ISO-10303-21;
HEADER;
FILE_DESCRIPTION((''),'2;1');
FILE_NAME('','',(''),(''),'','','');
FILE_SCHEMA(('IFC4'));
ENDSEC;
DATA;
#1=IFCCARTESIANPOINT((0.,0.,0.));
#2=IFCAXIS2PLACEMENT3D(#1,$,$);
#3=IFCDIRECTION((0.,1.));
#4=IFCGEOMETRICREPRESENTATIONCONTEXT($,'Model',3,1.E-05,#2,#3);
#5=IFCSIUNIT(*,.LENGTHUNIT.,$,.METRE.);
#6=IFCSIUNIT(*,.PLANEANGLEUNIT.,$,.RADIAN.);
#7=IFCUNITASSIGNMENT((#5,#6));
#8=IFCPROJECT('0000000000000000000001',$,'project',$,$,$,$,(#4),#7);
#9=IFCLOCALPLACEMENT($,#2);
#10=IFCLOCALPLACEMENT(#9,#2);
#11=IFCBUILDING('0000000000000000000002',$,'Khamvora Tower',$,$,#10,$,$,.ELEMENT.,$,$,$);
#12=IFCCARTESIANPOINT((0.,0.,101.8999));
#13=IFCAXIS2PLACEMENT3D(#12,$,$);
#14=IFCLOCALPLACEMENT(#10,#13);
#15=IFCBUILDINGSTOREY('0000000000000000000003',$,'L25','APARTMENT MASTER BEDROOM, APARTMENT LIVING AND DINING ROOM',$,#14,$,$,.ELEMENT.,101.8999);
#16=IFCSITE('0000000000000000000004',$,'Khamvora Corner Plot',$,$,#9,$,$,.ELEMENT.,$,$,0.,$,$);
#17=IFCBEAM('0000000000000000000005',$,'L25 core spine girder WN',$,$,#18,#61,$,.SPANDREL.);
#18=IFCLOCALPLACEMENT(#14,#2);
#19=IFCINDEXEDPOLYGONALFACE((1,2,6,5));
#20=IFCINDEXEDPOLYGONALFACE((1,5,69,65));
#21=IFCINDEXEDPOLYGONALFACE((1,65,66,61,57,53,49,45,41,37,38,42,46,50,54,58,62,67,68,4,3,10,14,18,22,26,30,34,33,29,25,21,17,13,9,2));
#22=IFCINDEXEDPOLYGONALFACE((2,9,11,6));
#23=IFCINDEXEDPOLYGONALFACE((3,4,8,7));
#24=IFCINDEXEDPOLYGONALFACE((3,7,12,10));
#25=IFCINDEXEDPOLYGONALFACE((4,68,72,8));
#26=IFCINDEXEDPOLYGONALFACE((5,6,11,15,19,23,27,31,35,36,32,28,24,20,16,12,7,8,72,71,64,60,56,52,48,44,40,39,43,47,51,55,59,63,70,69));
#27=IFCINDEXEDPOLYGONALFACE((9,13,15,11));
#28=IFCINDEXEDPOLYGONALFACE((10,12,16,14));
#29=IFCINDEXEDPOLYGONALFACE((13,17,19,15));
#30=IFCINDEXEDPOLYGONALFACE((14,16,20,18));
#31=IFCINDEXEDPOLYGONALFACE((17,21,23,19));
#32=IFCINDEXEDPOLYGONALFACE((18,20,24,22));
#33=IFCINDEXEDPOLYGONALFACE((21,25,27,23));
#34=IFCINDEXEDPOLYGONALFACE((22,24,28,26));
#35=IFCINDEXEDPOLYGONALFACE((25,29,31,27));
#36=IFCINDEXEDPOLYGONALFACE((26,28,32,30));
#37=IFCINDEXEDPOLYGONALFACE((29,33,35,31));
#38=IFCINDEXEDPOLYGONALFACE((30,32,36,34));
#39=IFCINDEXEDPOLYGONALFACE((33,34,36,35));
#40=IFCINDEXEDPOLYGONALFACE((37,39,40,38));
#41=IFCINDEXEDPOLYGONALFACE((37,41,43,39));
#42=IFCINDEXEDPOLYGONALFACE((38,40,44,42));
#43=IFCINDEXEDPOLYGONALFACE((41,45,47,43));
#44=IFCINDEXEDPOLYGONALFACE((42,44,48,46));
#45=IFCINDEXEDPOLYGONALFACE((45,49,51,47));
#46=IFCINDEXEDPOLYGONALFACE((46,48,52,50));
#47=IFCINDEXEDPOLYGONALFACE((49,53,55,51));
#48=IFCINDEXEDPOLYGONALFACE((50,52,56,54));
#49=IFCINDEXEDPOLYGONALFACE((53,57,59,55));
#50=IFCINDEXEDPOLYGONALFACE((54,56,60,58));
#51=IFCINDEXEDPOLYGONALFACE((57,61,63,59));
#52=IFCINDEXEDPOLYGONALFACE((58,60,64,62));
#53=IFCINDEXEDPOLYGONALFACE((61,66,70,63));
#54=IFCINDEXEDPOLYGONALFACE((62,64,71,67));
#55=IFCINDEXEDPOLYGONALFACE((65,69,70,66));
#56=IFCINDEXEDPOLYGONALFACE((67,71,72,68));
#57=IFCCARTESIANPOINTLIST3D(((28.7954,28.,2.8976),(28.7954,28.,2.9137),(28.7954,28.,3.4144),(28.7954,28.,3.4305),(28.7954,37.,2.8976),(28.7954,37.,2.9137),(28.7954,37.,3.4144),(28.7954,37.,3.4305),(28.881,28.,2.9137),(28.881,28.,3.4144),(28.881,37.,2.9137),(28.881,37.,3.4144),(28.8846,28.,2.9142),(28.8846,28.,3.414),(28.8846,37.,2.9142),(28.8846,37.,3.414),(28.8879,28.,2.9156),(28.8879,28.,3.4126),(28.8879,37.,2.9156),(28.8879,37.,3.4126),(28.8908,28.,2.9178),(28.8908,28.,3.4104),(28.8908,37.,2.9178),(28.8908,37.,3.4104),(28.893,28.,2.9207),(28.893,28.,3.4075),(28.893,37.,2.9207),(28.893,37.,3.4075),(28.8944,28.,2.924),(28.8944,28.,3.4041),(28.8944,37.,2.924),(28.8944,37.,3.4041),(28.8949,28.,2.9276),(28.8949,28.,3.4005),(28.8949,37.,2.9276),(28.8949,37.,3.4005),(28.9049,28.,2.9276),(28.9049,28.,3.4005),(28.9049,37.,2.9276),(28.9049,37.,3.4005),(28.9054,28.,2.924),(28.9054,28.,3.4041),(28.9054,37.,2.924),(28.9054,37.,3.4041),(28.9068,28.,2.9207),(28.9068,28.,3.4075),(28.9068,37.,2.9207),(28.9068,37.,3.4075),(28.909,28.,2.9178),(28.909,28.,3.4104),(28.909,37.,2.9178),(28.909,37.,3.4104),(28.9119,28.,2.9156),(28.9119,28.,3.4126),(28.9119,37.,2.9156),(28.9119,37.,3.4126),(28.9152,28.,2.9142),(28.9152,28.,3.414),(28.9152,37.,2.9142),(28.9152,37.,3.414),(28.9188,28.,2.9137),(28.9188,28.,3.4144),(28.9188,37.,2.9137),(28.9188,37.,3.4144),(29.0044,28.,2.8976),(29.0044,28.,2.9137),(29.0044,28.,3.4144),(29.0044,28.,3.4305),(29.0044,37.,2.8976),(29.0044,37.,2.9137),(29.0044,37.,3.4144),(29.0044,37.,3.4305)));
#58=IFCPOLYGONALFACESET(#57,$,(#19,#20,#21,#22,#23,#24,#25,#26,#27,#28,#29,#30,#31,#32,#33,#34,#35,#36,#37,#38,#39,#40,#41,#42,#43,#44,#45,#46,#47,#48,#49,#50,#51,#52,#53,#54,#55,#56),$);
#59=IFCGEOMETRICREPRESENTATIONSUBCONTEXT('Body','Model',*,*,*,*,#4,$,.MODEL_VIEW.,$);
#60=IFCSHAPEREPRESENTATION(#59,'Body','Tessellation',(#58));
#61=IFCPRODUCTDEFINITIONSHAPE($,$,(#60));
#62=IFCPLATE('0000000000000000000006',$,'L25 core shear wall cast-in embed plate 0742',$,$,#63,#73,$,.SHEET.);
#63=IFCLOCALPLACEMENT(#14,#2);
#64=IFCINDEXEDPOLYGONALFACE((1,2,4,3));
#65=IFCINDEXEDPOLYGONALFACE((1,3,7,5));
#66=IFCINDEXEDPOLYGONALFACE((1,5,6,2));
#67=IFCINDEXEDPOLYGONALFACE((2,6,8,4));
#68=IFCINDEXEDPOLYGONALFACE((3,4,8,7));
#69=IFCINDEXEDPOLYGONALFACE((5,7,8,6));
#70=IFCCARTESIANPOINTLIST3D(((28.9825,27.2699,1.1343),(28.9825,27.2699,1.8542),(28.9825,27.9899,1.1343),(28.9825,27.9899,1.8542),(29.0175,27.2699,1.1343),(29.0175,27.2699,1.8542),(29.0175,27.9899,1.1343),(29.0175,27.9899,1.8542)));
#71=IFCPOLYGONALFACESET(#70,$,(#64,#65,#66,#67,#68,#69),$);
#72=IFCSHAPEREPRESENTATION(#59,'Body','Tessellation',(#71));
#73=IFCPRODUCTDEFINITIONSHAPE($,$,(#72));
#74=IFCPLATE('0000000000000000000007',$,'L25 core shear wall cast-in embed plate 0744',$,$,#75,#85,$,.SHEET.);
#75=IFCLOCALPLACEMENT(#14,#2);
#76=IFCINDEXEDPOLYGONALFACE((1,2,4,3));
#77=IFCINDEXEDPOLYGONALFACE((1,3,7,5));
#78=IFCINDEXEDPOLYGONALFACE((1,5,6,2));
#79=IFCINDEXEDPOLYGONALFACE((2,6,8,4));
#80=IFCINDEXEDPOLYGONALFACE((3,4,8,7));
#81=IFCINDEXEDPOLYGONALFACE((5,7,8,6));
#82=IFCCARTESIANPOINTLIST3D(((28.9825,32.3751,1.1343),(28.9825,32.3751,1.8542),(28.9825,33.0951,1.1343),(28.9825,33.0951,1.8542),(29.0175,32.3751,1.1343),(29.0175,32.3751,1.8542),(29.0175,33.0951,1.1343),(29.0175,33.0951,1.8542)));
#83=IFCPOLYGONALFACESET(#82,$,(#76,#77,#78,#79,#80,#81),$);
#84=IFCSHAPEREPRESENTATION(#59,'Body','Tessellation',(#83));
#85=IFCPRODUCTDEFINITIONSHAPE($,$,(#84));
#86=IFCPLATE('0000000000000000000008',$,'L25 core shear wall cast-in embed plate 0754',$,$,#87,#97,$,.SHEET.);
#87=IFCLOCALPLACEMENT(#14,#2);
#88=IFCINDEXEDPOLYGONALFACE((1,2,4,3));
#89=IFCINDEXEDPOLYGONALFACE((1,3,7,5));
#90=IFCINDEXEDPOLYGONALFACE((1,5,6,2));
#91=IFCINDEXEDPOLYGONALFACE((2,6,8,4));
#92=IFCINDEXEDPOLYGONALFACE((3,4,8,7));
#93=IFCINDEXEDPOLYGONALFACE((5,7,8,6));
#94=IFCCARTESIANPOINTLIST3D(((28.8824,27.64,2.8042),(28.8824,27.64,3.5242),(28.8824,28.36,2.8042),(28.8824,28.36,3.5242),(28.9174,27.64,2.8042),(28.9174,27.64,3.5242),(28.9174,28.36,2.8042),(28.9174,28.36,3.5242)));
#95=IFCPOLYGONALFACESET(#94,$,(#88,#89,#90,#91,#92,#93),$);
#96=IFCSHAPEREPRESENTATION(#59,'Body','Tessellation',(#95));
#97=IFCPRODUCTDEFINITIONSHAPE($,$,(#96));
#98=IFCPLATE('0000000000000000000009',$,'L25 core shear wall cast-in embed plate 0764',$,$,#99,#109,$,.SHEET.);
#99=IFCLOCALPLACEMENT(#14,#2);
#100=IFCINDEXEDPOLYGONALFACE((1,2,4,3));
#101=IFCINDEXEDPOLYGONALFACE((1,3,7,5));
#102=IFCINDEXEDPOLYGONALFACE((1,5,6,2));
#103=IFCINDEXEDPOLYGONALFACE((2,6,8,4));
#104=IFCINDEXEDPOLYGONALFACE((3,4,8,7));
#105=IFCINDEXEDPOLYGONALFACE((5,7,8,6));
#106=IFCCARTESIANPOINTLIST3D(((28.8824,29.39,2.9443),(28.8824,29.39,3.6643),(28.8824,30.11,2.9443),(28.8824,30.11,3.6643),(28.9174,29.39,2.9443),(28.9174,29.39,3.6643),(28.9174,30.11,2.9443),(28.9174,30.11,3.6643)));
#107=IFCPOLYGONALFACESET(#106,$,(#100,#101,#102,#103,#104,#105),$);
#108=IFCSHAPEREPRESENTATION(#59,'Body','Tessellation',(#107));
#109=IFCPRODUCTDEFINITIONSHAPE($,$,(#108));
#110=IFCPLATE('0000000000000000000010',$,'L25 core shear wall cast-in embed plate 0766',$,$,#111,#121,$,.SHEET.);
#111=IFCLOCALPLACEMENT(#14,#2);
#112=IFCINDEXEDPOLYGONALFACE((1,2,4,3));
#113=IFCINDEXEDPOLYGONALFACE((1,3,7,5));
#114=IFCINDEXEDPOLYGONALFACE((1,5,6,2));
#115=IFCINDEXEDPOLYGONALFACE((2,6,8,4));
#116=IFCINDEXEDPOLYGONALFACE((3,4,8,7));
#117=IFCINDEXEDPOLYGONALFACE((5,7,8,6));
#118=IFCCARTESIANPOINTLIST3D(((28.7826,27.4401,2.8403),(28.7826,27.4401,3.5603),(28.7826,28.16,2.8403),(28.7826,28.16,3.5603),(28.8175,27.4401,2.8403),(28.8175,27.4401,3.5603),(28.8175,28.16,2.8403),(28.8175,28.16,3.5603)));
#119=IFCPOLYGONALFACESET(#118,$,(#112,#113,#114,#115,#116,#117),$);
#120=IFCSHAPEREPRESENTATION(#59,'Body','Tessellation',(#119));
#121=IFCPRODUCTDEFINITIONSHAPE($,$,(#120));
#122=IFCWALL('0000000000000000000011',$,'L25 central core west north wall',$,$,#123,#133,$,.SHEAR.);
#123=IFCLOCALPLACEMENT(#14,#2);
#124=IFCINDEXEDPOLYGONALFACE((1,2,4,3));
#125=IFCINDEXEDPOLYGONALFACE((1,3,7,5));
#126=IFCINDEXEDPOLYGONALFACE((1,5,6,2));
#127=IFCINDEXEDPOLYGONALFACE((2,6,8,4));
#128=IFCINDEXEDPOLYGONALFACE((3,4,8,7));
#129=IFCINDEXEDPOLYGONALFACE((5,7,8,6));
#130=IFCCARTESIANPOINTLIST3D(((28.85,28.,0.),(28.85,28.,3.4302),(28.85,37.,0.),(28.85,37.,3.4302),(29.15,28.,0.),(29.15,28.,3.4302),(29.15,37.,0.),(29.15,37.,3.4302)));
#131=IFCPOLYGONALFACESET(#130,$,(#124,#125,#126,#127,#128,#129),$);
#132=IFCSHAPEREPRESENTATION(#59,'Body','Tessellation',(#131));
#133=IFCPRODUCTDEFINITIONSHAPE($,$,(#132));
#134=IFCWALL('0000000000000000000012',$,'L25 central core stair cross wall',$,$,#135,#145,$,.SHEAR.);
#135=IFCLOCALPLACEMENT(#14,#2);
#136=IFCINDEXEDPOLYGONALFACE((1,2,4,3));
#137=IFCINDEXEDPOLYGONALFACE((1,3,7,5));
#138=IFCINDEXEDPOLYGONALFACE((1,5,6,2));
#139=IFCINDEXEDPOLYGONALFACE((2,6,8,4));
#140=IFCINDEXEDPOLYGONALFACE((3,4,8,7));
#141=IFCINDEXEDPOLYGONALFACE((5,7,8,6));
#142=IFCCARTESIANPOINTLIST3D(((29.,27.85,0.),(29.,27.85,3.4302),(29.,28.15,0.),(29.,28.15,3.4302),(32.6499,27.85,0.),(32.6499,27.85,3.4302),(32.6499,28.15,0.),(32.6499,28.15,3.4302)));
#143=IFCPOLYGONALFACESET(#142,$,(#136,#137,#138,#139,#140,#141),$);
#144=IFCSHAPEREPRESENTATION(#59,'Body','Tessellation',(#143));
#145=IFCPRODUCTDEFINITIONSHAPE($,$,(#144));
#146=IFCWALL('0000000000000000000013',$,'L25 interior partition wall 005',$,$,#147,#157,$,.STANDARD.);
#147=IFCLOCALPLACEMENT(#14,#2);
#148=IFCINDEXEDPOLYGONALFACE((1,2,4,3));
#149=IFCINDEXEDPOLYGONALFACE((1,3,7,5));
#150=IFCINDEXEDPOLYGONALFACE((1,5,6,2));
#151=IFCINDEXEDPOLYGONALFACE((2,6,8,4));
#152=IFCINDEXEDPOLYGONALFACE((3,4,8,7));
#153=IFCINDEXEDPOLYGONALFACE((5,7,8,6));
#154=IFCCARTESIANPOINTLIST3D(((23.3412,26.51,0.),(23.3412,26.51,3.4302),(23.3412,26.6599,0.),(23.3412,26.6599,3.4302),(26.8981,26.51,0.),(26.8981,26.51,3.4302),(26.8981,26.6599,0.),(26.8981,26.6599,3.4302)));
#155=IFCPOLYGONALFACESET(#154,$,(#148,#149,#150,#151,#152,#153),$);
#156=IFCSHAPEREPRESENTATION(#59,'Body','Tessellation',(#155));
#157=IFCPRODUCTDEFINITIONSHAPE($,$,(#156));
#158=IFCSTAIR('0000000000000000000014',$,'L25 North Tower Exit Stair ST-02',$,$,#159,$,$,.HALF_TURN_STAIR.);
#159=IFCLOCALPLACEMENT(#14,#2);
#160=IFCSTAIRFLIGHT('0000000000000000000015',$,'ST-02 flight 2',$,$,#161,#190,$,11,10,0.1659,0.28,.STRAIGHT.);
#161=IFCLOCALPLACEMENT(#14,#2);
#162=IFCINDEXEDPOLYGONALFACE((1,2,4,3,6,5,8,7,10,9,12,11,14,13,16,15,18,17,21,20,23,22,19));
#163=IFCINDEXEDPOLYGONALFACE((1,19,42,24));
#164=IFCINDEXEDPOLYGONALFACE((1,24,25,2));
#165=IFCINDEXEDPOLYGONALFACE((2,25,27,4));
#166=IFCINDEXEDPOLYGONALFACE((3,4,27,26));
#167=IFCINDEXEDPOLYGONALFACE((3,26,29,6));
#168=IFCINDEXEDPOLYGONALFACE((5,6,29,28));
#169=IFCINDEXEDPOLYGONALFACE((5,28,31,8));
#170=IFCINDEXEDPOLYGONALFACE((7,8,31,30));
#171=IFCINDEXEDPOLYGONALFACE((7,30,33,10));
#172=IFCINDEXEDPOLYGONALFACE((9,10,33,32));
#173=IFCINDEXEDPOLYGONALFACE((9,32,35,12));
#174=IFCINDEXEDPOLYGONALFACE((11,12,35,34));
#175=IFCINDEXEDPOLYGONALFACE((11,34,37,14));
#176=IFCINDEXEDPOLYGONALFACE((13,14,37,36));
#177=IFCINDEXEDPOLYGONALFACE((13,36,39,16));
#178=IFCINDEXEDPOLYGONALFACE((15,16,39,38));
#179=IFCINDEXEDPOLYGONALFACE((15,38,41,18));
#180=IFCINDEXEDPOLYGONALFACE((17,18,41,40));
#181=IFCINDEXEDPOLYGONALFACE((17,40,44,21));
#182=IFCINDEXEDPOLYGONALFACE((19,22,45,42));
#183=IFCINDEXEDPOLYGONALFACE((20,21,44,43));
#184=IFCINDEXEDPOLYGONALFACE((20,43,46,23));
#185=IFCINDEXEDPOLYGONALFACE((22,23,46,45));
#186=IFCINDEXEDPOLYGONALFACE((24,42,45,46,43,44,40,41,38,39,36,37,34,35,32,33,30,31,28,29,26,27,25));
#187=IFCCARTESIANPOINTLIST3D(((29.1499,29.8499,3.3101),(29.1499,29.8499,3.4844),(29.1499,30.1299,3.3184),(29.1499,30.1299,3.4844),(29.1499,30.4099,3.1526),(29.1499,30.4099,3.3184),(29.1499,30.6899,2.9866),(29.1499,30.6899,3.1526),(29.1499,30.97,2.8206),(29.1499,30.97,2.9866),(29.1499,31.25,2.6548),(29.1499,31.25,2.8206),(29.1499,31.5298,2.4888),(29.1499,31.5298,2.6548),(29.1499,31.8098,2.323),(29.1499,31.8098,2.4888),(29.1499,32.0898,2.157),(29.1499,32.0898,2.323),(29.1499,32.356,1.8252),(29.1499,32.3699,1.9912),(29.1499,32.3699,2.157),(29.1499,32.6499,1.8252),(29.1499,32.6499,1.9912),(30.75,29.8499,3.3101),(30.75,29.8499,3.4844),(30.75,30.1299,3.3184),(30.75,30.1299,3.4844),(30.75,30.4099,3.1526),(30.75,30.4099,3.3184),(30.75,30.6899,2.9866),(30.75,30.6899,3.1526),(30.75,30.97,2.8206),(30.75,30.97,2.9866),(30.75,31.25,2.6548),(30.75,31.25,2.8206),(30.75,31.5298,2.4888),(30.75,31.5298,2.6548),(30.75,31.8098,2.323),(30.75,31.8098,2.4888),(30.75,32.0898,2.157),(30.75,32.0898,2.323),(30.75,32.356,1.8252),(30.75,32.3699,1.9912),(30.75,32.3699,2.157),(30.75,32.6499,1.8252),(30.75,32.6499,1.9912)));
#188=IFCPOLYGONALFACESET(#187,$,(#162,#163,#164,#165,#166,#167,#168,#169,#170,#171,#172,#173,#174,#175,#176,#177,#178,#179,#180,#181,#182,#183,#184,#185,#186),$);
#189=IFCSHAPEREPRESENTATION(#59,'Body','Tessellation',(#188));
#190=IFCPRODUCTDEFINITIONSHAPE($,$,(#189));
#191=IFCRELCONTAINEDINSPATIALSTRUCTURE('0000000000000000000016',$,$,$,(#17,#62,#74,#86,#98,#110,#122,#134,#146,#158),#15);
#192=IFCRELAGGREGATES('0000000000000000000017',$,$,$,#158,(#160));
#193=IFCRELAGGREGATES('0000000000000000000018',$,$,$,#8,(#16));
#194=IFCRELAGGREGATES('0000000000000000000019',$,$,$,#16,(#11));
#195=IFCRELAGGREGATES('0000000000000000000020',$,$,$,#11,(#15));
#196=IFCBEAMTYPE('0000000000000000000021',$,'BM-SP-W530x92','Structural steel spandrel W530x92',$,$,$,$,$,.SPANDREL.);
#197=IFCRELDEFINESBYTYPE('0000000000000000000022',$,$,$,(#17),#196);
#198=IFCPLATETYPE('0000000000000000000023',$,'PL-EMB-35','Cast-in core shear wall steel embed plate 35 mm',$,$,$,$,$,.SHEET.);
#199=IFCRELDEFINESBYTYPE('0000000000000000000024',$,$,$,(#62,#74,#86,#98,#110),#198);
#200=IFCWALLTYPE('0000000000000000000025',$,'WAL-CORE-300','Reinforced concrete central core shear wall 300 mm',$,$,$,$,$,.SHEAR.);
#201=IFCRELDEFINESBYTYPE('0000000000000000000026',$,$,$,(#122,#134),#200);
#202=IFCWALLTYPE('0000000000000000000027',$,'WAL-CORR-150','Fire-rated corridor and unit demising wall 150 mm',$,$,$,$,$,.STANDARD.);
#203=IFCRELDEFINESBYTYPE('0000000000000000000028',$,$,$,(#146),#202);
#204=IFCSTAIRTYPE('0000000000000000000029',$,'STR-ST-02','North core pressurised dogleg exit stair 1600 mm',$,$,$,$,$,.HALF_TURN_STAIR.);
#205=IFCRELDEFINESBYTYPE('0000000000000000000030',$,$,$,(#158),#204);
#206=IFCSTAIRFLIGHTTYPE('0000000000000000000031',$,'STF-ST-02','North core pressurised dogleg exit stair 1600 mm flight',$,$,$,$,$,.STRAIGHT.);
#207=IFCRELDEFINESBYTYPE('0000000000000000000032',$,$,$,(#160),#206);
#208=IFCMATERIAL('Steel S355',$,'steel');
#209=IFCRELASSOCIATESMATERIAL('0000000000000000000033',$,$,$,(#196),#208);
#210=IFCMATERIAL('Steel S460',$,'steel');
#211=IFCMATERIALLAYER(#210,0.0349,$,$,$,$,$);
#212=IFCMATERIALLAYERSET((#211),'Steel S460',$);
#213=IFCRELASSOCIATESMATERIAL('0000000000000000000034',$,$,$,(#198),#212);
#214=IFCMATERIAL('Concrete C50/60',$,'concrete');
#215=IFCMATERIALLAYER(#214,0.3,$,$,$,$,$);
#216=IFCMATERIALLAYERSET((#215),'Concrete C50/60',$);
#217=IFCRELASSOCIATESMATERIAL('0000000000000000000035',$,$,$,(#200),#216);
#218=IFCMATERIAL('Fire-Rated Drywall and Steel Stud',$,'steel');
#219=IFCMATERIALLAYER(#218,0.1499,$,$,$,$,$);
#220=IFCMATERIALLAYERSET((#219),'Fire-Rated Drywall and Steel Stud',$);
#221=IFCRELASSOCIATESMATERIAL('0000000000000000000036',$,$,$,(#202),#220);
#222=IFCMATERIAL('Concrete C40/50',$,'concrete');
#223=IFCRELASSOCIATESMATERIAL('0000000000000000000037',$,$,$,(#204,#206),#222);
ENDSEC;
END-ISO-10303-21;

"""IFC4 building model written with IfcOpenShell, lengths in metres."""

from ifc_helpers import new_model, si_unit, direction, frame, frame_2d, origin, origin_2d, place, context, subcontext, project, spatial, polyline, rectangle, i_section, outline, extrude, material, layer, layer_set, material_profile, profile_set, type_object, element, aggregate, save


model = new_model("IFC4")

# Units and contexts
model_context = context("Model", 3, precision=1e-05, world=origin(), true_north=direction((0.0, 1.0)))
body_context = subcontext(model_context, "Body", "Model", "MODEL_VIEW")
ifc_project = project(units=[si_unit("LENGTHUNIT", "METRE"), si_unit("PLANEANGLEUNIT", "RADIAN")], contexts=[model_context])

# Site, building, storey
site_placement = place(None, origin())
site = spatial("IfcSite", under=ifc_project, at=site_placement, Name="Khamvora Corner Plot", CompositionType="ELEMENT", RefElevation=0.0)
building_placement = place(site_placement, origin())
building = spatial("IfcBuilding", under=site, at=building_placement, Name="Khamvora Tower", CompositionType="ELEMENT")
storey_placement = place(building_placement, frame((0.0, 0.0, 101.8999)))
storey = spatial("IfcBuildingStorey", under=building, at=storey_placement, Name="L25", Description="APARTMENT MASTER BEDROOM, APARTMENT LIVING AND DINING ROOM", CompositionType="ELEMENT", Elevation=101.8999)

# Shared definitions
ifc_material_1 = material(Name="Steel S460", Category="steel")

# Beam
ifc_material_2 = material(Name="Steel S355", Category="steel")
ifc_material_profile_1 = material_profile(ifc_material_2, i_section(OverallWidth=0.209, OverallDepth=0.533, WebThickness=0.01, FlangeThickness=0.0161, FilletRadius=0.0139, at=origin_2d()), Name="W530x92")
ifc_profile_set_1 = profile_set([ifc_material_profile_1], Name="Steel S355")
beam_type_1 = type_object("IfcBeamType", Name="BM-SP-W530x92", Description="Structural steel spandrel W530x92", PredefinedType="SPANDREL", material=ifc_profile_set_1)
beam_1_placement = place(storey_placement, frame((28.8999, 28.0, 3.1641), z_axis=(0.0, 1.0, 0.0), x_axis=(-1.0, 0.0, 0.0)))
element("IfcBeam", 1, at=beam_1_placement, inside=storey, type_object=beam_type_1, Name="L25 core spine girder WN", PredefinedType="SPANDREL", context=body_context, shape_type="SweptSolid", body=[
    extrude(i_section(OverallWidth=0.209, OverallDepth=0.533, WebThickness=0.01, FlangeThickness=0.0161, FilletRadius=0.0139, at=origin_2d()), origin(), (0.0, 0.0, 1.0), 9.0),
])

# Plates
ifc_layer_1 = layer(ifc_material_1, 0.0349)
ifc_layer_set_1 = layer_set([ifc_layer_1], Name="Steel S460")
plate_type = type_object("IfcPlateType", Name="PL-EMB-35", Description="Cast-in core shear wall steel embed plate 35 mm", PredefinedType="SHEET", material=ifc_layer_set_1)
for number, where, z_axis, x_axis, name in (
    (2, (29.0, 27.6299, 1.1343), (0.0, 0.0, 1.0), (1.0, 0.0, 0.0), "L25 core shear wall cast-in embed plate 0742"),
    (3, (29.0, 32.7351, 1.1343), (0.0, 0.0, 1.0), (1.0, 0.0, 0.0), "L25 core shear wall cast-in embed plate 0744"),
    (4, (28.8999, 28.0, 2.8042), (0.0, 0.0, 1.0), (1.0, 0.0, 0.0), "L25 core shear wall cast-in embed plate 0754"),
    (5, (28.8999, 29.75, 2.9443), (0.0, 0.0, 1.0), (1.0, 0.0, 0.0), "L25 core shear wall cast-in embed plate 0764"),
    (6, (28.8, 27.8, 2.8403), (0.0, 0.0, 1.0), (1.0, 0.0, 0.0), "L25 core shear wall cast-in embed plate 0766"),
):
    element("IfcPlate", number, at=place(storey_placement, frame(where, z_axis=z_axis, x_axis=x_axis)), inside=storey, type_object=plate_type, Name=name, PredefinedType="SHEET", context=body_context, shape_type="SweptSolid", body=[
        extrude(rectangle(XDim=0.0349, YDim=0.72, at=origin_2d()), origin(), (0.0, 0.0, 1.0), 0.72),
    ])

# Walls
ifc_material_3 = material(Name="Concrete C50/60", Category="concrete")
ifc_layer_2 = layer(ifc_material_3, 0.3)
ifc_layer_set_2 = layer_set([ifc_layer_2], Name="Concrete C50/60")
wall_type_1 = type_object("IfcWallType", Name="WAL-CORE-300", Description="Reinforced concrete central core shear wall 300 mm", PredefinedType="SHEAR", material=ifc_layer_set_2)
wall_1_placement = place(storey_placement, frame((29.0, 28.0, 0.0), z_axis=(0.0, 0.0, 1.0), x_axis=(0.0, 1.0, 0.0)))
element("IfcWall", 7, at=wall_1_placement, inside=storey, type_object=wall_type_1, Name="L25 central core west north wall", PredefinedType="SHEAR", context=body_context, shape_type="SweptSolid", body=[
    extrude(rectangle(XDim=9.0, YDim=0.3, at=frame_2d((4.5, 0.0))), origin(), (0.0, 0.0, 1.0), 3.4302),
])
wall_2_placement = place(storey_placement, frame((29.0, 28.0, 0.0), z_axis=(0.0, 0.0, 1.0), x_axis=(1.0, 0.0, 0.0)))
element("IfcWall", 8, at=wall_2_placement, inside=storey, type_object=wall_type_1, Name="L25 central core stair cross wall", PredefinedType="SHEAR", context=body_context, shape_type="SweptSolid", body=[
    extrude(rectangle(XDim=3.6499, YDim=0.3, at=frame_2d((1.825, 0.0))), origin(), (0.0, 0.0, 1.0), 3.4302),
])
ifc_material_4 = material(Name="Fire-Rated Drywall and Steel Stud", Category="steel")
ifc_layer_3 = layer(ifc_material_4, 0.1499)
ifc_layer_set_3 = layer_set([ifc_layer_3], Name="Fire-Rated Drywall and Steel Stud")
wall_type_2 = type_object("IfcWallType", Name="WAL-CORR-150", Description="Fire-rated corridor and unit demising wall 150 mm", PredefinedType="STANDARD", material=ifc_layer_set_3)
wall_3_placement = place(storey_placement, frame((26.8979, 26.585, 0.0), z_axis=(0.0, 0.0, 1.0), x_axis=(-1.0, 0.0, 0.0)))
element("IfcWall", 9, at=wall_3_placement, inside=storey, type_object=wall_type_2, Name="L25 interior partition wall 005", PredefinedType="STANDARD", context=body_context, shape_type="SweptSolid", body=[
    extrude(rectangle(XDim=3.5569, YDim=0.1499, at=frame_2d((1.7783, 0.0))), origin(), (0.0, 0.0, 1.0), 3.4302),
])

# Stair, stair flight
ifc_material_5 = material(Name="Concrete C40/50", Category="concrete")
stair_type = type_object("IfcStairType", Name="STR-ST-02", Description="North core pressurised dogleg exit stair 1600 mm", PredefinedType="HALF_TURN_STAIR", material=ifc_material_5)
stair_placement = place(storey_placement, origin())
stair = element("IfcStair", 10, at=stair_placement, inside=storey, type_object=stair_type, Name="L25 North Tower Exit Stair ST-02", PredefinedType="HALF_TURN_STAIR")
stair_flight_type = type_object("IfcStairFlightType", Name="STF-ST-02", Description="North core pressurised dogleg exit stair 1600 mm flight", PredefinedType="STRAIGHT", material=ifc_material_5)
stair_flight_placement = place(storey_placement, frame((29.95, 32.6499, 1.8252), z_axis=(0.0, 0.0, 1.0), x_axis=(0.0, -1.0, 0.0)))
stair_flight = element("IfcStairFlight", 11, at=stair_flight_placement, type_object=stair_flight_type, Name="ST-02 flight 2", NumberOfRisers=11, NumberOfTreads=10, PredefinedType="STRAIGHT", RiserHeight=0.1659, TreadLength=0.28, context=body_context, shape_type="SweptSolid", body=[
    extrude(outline(polyline([(0.0, 0.0), (0.0, 0.166), (0.28, 0.166), (0.28, 0.3318), (0.5601, 0.3318), (0.5601, 0.4978), (0.8401, 0.4978), (0.8401, 0.6636), (1.1201, 0.6636), (1.1201, 0.8296), (1.3999, 0.8296), (1.3999, 0.9954), (1.6799, 0.9954), (1.6799, 1.1614), (1.96, 1.1614), (1.96, 1.3274), (2.24, 1.3274), (2.24, 1.4932), (2.52, 1.4932), (2.52, 1.6592), (2.8, 1.6592), (2.8, 1.825), (2.8, 1.4849), (0.2939, 0.0), (0.0, 0.0)])), frame((0.0, 0.8, 0.0), z_axis=(0.0, -1.0, 0.0), x_axis=(1.0, 0.0, 0.0)), (0.0, 0.0, 1.0), 1.6001),
])
aggregate(stair, [stair_flight])

save(model, "model.ifc")
